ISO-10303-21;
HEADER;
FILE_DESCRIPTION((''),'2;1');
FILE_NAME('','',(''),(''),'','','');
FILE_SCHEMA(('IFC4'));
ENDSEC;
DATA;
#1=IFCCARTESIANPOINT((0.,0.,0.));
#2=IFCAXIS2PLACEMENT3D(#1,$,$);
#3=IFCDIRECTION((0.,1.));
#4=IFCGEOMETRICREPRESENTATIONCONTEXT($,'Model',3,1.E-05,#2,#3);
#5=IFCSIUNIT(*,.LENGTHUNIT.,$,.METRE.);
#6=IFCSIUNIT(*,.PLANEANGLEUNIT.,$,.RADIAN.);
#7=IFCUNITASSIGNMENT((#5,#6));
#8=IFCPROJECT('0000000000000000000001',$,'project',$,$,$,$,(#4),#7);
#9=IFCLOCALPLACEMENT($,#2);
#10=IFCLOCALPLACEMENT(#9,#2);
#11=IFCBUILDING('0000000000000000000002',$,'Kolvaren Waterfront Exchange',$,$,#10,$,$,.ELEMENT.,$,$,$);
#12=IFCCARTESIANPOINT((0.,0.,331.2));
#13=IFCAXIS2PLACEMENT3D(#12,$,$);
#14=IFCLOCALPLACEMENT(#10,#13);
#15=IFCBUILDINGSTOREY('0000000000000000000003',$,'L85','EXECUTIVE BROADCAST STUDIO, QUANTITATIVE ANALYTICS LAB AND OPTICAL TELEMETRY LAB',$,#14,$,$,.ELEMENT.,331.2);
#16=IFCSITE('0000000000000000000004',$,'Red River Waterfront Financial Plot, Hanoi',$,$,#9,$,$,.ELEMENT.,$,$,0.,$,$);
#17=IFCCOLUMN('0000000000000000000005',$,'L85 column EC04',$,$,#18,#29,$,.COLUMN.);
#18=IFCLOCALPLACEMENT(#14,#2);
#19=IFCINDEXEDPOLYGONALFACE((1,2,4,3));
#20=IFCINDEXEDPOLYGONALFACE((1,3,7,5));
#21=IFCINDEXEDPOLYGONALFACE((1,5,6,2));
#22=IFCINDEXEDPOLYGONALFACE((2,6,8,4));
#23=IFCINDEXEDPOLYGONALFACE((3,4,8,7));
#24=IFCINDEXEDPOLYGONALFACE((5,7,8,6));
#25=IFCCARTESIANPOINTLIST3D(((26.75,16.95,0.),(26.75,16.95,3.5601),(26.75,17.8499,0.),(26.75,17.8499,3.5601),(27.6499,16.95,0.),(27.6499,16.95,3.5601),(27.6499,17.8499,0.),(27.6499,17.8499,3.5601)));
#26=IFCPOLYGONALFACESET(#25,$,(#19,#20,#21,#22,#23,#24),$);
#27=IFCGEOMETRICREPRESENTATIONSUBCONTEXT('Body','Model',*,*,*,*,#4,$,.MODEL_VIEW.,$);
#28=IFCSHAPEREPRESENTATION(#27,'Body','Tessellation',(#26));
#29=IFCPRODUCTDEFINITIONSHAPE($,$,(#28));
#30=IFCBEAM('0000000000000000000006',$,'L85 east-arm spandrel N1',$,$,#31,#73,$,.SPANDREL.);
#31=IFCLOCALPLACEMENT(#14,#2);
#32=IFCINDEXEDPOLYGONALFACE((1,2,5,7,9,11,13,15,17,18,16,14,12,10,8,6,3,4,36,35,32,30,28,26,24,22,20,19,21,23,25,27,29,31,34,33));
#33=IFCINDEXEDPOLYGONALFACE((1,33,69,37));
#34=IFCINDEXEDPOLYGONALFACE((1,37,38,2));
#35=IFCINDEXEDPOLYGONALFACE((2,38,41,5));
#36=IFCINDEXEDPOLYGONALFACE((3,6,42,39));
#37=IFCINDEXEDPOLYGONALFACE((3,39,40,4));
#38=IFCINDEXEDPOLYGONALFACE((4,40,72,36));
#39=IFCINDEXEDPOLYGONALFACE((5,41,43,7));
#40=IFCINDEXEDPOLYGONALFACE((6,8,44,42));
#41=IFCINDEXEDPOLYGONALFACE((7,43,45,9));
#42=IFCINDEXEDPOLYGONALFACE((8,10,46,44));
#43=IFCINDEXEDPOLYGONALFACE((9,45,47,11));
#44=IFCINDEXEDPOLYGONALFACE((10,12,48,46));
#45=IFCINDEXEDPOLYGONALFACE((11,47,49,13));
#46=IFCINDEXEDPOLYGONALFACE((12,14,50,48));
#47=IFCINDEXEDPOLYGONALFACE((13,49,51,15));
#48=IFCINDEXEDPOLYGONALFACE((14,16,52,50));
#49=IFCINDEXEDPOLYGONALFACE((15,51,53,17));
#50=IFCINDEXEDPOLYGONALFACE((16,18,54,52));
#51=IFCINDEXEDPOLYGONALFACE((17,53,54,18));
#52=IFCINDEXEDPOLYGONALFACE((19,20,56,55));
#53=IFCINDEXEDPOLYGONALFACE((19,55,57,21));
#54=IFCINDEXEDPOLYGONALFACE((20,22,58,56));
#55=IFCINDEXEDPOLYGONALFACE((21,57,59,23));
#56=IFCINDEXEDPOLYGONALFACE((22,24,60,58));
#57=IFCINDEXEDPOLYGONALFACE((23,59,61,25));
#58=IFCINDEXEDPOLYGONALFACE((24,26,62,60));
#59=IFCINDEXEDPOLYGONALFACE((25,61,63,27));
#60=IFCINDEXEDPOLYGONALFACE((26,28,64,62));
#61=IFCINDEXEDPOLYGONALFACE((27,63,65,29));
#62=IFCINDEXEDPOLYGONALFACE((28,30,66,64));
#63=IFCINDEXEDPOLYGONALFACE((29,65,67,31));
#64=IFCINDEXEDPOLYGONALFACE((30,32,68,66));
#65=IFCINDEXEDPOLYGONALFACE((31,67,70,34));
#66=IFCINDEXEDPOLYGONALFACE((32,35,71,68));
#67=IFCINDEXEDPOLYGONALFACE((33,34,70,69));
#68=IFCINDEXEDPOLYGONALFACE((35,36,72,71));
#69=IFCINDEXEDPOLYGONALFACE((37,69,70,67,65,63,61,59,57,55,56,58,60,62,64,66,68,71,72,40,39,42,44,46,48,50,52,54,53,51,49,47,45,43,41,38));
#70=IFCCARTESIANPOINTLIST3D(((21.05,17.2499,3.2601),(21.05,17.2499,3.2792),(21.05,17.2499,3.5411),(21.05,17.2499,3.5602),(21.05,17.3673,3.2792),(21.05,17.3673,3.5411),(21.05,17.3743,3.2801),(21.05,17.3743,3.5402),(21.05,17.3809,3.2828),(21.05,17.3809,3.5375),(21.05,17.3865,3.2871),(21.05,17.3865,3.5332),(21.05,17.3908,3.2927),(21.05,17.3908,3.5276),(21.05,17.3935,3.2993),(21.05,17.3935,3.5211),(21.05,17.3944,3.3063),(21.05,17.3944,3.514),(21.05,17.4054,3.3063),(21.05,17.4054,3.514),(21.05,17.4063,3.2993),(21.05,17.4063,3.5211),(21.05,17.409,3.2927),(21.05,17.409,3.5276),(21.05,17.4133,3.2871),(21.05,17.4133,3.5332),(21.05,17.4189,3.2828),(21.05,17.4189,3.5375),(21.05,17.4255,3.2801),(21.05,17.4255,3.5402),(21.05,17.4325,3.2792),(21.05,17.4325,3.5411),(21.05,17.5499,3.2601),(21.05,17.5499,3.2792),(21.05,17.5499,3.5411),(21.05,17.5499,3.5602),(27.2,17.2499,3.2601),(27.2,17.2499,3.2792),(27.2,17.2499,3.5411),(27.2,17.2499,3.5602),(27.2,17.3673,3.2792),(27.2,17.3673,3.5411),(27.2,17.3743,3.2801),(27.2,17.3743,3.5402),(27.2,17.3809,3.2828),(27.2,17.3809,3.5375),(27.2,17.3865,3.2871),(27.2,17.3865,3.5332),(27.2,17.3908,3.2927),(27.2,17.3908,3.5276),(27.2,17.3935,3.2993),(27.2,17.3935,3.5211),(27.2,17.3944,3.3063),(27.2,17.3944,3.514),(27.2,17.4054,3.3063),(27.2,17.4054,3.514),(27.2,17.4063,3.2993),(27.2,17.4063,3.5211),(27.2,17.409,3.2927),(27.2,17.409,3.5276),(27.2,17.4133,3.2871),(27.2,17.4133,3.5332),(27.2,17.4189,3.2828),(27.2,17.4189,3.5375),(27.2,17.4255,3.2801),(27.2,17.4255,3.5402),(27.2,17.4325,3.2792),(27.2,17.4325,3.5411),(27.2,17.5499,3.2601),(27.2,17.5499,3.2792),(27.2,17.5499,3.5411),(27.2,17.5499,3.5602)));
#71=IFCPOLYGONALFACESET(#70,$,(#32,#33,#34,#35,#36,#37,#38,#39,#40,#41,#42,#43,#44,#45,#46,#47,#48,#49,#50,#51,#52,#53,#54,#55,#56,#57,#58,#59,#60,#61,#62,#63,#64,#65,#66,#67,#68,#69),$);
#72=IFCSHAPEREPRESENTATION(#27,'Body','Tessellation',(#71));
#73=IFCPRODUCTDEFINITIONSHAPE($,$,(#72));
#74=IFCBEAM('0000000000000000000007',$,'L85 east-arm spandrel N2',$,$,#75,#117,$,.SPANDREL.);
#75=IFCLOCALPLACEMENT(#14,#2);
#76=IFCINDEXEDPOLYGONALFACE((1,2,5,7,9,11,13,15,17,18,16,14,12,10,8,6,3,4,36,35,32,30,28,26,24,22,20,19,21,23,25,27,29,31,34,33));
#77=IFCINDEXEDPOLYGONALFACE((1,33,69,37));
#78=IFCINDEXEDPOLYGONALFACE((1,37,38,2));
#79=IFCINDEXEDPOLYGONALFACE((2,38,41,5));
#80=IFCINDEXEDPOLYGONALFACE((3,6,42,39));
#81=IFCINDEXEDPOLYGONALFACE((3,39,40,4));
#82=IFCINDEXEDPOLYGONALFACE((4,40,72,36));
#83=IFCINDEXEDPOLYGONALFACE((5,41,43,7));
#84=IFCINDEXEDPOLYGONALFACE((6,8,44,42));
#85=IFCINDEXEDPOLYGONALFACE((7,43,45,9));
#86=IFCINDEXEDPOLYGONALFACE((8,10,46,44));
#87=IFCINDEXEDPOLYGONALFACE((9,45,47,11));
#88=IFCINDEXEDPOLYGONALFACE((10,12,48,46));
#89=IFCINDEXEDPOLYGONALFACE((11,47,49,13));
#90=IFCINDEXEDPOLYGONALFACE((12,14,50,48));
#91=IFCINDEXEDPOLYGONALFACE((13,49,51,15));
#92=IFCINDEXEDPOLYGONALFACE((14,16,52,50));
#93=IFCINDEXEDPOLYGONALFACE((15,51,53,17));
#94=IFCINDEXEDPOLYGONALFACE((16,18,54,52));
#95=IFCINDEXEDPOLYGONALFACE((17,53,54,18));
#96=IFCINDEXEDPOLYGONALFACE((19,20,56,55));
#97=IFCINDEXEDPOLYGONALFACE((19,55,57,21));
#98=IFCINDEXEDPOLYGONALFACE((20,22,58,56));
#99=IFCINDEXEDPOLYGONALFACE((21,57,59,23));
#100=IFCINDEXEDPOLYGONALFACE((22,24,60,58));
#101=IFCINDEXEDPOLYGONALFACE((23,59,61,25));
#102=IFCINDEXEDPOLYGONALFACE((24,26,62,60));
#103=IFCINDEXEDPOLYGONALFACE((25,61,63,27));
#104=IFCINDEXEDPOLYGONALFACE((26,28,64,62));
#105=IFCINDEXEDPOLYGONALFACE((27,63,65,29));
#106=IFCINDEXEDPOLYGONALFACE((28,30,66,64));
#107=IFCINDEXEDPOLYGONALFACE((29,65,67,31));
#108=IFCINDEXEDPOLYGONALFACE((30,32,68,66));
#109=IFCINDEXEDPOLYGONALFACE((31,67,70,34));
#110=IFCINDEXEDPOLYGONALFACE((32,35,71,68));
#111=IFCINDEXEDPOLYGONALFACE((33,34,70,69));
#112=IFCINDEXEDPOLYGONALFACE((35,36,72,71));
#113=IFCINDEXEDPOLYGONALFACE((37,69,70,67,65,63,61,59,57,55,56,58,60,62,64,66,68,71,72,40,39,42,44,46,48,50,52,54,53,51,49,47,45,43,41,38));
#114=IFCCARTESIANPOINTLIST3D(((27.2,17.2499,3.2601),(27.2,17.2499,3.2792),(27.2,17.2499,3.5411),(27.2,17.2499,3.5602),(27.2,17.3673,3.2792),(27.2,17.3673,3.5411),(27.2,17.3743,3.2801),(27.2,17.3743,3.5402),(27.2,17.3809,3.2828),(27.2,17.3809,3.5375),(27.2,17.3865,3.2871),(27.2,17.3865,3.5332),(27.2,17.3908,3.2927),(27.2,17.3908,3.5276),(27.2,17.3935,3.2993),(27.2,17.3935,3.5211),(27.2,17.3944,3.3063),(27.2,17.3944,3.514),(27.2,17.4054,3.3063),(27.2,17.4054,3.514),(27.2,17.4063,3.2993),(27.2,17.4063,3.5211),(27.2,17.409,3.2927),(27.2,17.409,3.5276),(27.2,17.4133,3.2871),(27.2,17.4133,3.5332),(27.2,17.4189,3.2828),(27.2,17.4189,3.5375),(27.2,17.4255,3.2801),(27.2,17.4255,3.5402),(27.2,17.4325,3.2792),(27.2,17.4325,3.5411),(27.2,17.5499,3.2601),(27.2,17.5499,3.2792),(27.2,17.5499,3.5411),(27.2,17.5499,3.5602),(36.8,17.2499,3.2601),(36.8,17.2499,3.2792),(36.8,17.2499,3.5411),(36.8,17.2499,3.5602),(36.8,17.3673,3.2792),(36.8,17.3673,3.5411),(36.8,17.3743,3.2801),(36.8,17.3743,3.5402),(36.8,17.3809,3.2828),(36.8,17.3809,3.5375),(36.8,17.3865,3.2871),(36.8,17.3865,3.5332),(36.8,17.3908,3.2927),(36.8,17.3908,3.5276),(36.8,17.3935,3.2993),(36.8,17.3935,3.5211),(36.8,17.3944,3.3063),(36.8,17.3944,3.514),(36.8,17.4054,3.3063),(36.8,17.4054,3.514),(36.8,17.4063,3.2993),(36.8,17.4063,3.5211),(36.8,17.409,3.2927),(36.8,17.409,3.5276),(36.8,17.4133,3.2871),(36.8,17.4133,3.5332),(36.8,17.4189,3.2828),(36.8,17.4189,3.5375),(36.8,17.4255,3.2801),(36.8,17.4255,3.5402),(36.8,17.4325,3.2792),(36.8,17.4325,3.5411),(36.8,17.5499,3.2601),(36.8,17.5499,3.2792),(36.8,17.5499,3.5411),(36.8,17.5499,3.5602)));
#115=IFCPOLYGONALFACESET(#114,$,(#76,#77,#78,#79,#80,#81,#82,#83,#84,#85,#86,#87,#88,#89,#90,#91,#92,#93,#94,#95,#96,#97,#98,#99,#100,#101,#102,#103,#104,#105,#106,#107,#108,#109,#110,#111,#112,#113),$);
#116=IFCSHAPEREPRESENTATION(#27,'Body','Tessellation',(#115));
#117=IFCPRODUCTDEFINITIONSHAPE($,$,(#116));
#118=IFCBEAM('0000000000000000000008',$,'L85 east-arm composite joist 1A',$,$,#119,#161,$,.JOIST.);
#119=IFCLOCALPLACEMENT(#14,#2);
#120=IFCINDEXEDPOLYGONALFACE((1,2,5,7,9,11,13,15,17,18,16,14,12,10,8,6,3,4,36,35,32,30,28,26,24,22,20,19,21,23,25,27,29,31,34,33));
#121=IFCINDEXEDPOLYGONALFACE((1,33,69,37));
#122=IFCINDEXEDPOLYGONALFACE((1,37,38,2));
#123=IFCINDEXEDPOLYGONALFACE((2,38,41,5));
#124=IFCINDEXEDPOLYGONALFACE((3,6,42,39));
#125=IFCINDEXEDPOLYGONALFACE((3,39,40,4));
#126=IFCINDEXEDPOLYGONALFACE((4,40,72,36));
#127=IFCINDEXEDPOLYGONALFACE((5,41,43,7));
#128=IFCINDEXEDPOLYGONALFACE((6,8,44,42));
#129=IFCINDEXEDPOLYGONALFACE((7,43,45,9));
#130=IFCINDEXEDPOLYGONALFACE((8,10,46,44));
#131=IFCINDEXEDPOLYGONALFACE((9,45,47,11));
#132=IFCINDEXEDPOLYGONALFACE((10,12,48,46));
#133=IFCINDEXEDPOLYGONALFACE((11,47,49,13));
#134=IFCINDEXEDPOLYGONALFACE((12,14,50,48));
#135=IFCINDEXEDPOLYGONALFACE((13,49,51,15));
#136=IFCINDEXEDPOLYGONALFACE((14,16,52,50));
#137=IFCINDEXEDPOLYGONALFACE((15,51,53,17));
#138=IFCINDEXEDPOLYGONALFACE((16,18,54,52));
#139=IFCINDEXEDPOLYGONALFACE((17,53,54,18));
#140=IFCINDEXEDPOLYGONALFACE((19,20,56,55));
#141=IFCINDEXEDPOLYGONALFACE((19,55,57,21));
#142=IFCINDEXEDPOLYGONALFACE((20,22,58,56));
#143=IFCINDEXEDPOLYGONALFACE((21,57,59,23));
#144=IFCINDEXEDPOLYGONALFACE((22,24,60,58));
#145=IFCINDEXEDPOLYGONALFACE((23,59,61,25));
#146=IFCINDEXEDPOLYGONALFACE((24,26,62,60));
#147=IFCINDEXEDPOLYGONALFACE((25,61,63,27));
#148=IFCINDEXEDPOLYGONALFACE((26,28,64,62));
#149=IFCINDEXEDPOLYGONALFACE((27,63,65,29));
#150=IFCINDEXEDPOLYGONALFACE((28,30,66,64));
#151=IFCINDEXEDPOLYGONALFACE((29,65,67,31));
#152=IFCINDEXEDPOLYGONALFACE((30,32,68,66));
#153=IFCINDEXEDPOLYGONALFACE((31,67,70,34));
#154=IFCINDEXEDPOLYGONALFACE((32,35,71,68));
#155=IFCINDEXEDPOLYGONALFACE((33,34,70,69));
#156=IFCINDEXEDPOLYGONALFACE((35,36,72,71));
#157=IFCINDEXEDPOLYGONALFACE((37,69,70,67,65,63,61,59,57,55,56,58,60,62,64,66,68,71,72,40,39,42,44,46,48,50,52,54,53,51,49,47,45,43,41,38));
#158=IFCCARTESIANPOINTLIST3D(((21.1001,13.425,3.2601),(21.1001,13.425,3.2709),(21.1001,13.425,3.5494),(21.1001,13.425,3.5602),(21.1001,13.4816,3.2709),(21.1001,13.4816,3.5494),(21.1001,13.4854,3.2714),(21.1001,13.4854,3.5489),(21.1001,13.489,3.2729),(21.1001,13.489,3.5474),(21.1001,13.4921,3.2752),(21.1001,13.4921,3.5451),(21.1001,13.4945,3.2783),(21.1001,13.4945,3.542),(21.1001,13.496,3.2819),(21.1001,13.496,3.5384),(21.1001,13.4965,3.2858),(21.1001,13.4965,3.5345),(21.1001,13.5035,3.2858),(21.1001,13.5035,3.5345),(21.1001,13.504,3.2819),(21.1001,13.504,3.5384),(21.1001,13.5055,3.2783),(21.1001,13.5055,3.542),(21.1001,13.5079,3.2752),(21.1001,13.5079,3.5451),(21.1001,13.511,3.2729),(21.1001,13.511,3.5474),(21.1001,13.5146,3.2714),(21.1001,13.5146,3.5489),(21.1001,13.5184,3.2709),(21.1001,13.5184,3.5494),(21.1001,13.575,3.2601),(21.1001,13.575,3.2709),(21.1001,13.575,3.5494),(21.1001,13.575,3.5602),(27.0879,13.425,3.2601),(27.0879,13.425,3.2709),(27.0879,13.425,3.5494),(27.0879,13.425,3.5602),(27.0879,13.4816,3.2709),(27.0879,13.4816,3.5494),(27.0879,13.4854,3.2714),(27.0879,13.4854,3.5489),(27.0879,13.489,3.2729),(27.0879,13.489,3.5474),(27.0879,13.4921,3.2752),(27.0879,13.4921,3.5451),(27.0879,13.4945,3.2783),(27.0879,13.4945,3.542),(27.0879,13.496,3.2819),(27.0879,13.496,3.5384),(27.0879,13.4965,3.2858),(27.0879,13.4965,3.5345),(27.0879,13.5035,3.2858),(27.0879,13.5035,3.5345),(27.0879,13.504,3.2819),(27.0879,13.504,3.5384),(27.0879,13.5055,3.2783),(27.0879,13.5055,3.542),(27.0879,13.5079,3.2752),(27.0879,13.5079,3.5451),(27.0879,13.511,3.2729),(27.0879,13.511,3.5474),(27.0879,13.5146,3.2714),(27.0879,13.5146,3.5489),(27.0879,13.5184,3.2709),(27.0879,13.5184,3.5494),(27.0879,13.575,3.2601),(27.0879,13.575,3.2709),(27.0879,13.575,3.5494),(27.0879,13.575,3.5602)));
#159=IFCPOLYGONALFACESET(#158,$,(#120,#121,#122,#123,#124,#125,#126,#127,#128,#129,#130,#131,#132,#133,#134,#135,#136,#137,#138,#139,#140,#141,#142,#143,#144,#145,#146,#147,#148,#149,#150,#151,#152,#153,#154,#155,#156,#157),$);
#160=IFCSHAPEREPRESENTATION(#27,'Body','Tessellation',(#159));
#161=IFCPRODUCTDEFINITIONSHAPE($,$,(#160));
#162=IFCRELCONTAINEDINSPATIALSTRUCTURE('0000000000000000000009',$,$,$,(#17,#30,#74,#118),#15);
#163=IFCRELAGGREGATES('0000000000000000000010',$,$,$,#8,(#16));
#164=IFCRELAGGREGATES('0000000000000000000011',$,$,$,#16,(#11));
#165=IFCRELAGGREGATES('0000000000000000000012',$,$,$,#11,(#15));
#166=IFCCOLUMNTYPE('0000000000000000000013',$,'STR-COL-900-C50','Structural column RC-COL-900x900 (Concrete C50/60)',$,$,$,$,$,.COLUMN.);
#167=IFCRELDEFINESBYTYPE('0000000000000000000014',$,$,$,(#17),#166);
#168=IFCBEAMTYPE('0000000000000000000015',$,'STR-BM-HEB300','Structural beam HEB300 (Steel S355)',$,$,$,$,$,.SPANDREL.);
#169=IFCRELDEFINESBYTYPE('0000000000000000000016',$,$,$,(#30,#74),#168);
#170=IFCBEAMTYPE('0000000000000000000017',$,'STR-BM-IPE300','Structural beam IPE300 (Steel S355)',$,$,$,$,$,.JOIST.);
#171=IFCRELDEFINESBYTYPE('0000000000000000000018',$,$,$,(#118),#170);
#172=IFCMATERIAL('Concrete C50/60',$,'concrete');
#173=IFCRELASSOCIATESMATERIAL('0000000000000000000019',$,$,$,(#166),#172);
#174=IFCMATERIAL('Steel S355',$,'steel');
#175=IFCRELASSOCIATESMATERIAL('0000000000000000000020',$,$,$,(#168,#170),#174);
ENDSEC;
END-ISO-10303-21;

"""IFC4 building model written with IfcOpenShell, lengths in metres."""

from ifc_helpers import new_model, si_unit, direction, frame, origin, origin_2d, place, context, subcontext, project, spatial, rectangle, i_section, extrude, material, material_profile, profile_set, type_object, element, save


model = new_model("IFC4")

# Units and contexts
model_context = context("Model", 3, precision=1e-05, world=origin(), true_north=direction((0.0, 1.0)))
body_context = subcontext(model_context, "Body", "Model", "MODEL_VIEW")
ifc_project = project(units=[si_unit("LENGTHUNIT", "METRE"), si_unit("PLANEANGLEUNIT", "RADIAN")], contexts=[model_context])

# Site, building, storey
site_placement = place(None, origin())
site = spatial("IfcSite", under=ifc_project, at=site_placement, Name="Red River Waterfront Financial Plot, Hanoi", CompositionType="ELEMENT", RefElevation=0.0)
building_placement = place(site_placement, origin())
building = spatial("IfcBuilding", under=site, at=building_placement, Name="Kolvaren Waterfront Exchange", CompositionType="ELEMENT")
storey_placement = place(building_placement, frame((0.0, 0.0, 331.2)))
storey = spatial("IfcBuildingStorey", under=building, at=storey_placement, Name="L85", Description="EXECUTIVE BROADCAST STUDIO, QUANTITATIVE ANALYTICS LAB AND OPTICAL TELEMETRY LAB", CompositionType="ELEMENT", Elevation=331.2)

# Column
ifc_material_1 = material(Name="Concrete C50/60", Category="concrete")
ifc_material_profile_1 = material_profile(ifc_material_1, rectangle(XDim=0.8999, YDim=0.8999, at=origin_2d()), Name="RC-COL-900x900")
ifc_profile_set_1 = profile_set([ifc_material_profile_1], Name="Concrete C50/60")
column_type = type_object("IfcColumnType", Name="STR-COL-900-C50", Description="Structural column RC-COL-900x900 (Concrete C50/60)", PredefinedType="COLUMN", material=ifc_profile_set_1)
column_placement = place(storey_placement, frame((27.2, 17.3999, 0.0), z_axis=(0.0, 0.0, 1.0), x_axis=(1.0, 0.0, 0.0)))
element("IfcColumn", 1, at=column_placement, inside=storey, type_object=column_type, Name="L85 column EC04", PredefinedType="COLUMN", context=body_context, shape_type="SweptSolid", body=[
    extrude(rectangle(XDim=0.8999, YDim=0.8999, at=origin_2d()), origin(), (0.0, 0.0, 1.0), 3.5601),
])

# Beams
ifc_material_2 = material(Name="Steel S355", Category="steel")
ifc_material_profile_2 = material_profile(ifc_material_2, i_section(OverallWidth=0.3, OverallDepth=0.3, WebThickness=0.011, FlangeThickness=0.019, FilletRadius=0.0271, at=origin_2d()), Name="HEB300")
ifc_profile_set_2 = profile_set([ifc_material_profile_2], Name="Steel S355")
beam_type_1 = type_object("IfcBeamType", Name="STR-BM-HEB300", Description="Structural beam HEB300 (Steel S355)", PredefinedType="SPANDREL", material=ifc_profile_set_2)
beam_1_placement = place(storey_placement, frame((21.05, 17.3999, 3.4102), z_axis=(1.0, 0.0, 0.0), x_axis=(0.0, 1.0, 0.0)))
element("IfcBeam", 2, at=beam_1_placement, inside=storey, type_object=beam_type_1, Name="L85 east-arm spandrel N1", PredefinedType="SPANDREL", context=body_context, shape_type="SweptSolid", body=[
    extrude(i_section(OverallWidth=0.3, OverallDepth=0.3, WebThickness=0.011, FlangeThickness=0.019, FilletRadius=0.0271, at=origin_2d()), origin(), (0.0, 0.0, 1.0), 6.1499),
])
beam_2_placement = place(storey_placement, frame((27.2, 17.3999, 3.4102), z_axis=(1.0, 0.0, 0.0), x_axis=(0.0, 1.0, 0.0)))
element("IfcBeam", 3, at=beam_2_placement, inside=storey, type_object=beam_type_1, Name="L85 east-arm spandrel N2", PredefinedType="SPANDREL", context=body_context, shape_type="SweptSolid", body=[
    extrude(i_section(OverallWidth=0.3, OverallDepth=0.3, WebThickness=0.011, FlangeThickness=0.019, FilletRadius=0.0271, at=origin_2d()), origin(), (0.0, 0.0, 1.0), 9.6001),
])
ifc_material_profile_3 = material_profile(ifc_material_2, i_section(OverallWidth=0.1499, OverallDepth=0.3, WebThickness=0.0071, FlangeThickness=0.0107, FilletRadius=0.0149, at=origin_2d()), Name="IPE300")
ifc_profile_set_3 = profile_set([ifc_material_profile_3], Name="Steel S355")
beam_type_2 = type_object("IfcBeamType", Name="STR-BM-IPE300", Description="Structural beam IPE300 (Steel S355)", PredefinedType="JOIST", material=ifc_profile_set_3)
for number, where, z_axis, x_axis, name in (
    (4, (21.1001, 13.5, 3.4102), (1.0, 0.0, 0.0), (0.0, 1.0, 0.0), "L85 east-arm composite joist 1A"),
):
    element("IfcBeam", number, at=place(storey_placement, frame(where, z_axis=z_axis, x_axis=x_axis)), inside=storey, type_object=beam_type_2, Name=name, PredefinedType="JOIST", context=body_context, shape_type="SweptSolid", body=[
        extrude(i_section(OverallWidth=0.1499, OverallDepth=0.3, WebThickness=0.0071, FlangeThickness=0.0107, FilletRadius=0.0149, at=origin_2d()), origin(), (0.0, 0.0, 1.0), 5.9878),
    ])

save(model, "model.ifc")
